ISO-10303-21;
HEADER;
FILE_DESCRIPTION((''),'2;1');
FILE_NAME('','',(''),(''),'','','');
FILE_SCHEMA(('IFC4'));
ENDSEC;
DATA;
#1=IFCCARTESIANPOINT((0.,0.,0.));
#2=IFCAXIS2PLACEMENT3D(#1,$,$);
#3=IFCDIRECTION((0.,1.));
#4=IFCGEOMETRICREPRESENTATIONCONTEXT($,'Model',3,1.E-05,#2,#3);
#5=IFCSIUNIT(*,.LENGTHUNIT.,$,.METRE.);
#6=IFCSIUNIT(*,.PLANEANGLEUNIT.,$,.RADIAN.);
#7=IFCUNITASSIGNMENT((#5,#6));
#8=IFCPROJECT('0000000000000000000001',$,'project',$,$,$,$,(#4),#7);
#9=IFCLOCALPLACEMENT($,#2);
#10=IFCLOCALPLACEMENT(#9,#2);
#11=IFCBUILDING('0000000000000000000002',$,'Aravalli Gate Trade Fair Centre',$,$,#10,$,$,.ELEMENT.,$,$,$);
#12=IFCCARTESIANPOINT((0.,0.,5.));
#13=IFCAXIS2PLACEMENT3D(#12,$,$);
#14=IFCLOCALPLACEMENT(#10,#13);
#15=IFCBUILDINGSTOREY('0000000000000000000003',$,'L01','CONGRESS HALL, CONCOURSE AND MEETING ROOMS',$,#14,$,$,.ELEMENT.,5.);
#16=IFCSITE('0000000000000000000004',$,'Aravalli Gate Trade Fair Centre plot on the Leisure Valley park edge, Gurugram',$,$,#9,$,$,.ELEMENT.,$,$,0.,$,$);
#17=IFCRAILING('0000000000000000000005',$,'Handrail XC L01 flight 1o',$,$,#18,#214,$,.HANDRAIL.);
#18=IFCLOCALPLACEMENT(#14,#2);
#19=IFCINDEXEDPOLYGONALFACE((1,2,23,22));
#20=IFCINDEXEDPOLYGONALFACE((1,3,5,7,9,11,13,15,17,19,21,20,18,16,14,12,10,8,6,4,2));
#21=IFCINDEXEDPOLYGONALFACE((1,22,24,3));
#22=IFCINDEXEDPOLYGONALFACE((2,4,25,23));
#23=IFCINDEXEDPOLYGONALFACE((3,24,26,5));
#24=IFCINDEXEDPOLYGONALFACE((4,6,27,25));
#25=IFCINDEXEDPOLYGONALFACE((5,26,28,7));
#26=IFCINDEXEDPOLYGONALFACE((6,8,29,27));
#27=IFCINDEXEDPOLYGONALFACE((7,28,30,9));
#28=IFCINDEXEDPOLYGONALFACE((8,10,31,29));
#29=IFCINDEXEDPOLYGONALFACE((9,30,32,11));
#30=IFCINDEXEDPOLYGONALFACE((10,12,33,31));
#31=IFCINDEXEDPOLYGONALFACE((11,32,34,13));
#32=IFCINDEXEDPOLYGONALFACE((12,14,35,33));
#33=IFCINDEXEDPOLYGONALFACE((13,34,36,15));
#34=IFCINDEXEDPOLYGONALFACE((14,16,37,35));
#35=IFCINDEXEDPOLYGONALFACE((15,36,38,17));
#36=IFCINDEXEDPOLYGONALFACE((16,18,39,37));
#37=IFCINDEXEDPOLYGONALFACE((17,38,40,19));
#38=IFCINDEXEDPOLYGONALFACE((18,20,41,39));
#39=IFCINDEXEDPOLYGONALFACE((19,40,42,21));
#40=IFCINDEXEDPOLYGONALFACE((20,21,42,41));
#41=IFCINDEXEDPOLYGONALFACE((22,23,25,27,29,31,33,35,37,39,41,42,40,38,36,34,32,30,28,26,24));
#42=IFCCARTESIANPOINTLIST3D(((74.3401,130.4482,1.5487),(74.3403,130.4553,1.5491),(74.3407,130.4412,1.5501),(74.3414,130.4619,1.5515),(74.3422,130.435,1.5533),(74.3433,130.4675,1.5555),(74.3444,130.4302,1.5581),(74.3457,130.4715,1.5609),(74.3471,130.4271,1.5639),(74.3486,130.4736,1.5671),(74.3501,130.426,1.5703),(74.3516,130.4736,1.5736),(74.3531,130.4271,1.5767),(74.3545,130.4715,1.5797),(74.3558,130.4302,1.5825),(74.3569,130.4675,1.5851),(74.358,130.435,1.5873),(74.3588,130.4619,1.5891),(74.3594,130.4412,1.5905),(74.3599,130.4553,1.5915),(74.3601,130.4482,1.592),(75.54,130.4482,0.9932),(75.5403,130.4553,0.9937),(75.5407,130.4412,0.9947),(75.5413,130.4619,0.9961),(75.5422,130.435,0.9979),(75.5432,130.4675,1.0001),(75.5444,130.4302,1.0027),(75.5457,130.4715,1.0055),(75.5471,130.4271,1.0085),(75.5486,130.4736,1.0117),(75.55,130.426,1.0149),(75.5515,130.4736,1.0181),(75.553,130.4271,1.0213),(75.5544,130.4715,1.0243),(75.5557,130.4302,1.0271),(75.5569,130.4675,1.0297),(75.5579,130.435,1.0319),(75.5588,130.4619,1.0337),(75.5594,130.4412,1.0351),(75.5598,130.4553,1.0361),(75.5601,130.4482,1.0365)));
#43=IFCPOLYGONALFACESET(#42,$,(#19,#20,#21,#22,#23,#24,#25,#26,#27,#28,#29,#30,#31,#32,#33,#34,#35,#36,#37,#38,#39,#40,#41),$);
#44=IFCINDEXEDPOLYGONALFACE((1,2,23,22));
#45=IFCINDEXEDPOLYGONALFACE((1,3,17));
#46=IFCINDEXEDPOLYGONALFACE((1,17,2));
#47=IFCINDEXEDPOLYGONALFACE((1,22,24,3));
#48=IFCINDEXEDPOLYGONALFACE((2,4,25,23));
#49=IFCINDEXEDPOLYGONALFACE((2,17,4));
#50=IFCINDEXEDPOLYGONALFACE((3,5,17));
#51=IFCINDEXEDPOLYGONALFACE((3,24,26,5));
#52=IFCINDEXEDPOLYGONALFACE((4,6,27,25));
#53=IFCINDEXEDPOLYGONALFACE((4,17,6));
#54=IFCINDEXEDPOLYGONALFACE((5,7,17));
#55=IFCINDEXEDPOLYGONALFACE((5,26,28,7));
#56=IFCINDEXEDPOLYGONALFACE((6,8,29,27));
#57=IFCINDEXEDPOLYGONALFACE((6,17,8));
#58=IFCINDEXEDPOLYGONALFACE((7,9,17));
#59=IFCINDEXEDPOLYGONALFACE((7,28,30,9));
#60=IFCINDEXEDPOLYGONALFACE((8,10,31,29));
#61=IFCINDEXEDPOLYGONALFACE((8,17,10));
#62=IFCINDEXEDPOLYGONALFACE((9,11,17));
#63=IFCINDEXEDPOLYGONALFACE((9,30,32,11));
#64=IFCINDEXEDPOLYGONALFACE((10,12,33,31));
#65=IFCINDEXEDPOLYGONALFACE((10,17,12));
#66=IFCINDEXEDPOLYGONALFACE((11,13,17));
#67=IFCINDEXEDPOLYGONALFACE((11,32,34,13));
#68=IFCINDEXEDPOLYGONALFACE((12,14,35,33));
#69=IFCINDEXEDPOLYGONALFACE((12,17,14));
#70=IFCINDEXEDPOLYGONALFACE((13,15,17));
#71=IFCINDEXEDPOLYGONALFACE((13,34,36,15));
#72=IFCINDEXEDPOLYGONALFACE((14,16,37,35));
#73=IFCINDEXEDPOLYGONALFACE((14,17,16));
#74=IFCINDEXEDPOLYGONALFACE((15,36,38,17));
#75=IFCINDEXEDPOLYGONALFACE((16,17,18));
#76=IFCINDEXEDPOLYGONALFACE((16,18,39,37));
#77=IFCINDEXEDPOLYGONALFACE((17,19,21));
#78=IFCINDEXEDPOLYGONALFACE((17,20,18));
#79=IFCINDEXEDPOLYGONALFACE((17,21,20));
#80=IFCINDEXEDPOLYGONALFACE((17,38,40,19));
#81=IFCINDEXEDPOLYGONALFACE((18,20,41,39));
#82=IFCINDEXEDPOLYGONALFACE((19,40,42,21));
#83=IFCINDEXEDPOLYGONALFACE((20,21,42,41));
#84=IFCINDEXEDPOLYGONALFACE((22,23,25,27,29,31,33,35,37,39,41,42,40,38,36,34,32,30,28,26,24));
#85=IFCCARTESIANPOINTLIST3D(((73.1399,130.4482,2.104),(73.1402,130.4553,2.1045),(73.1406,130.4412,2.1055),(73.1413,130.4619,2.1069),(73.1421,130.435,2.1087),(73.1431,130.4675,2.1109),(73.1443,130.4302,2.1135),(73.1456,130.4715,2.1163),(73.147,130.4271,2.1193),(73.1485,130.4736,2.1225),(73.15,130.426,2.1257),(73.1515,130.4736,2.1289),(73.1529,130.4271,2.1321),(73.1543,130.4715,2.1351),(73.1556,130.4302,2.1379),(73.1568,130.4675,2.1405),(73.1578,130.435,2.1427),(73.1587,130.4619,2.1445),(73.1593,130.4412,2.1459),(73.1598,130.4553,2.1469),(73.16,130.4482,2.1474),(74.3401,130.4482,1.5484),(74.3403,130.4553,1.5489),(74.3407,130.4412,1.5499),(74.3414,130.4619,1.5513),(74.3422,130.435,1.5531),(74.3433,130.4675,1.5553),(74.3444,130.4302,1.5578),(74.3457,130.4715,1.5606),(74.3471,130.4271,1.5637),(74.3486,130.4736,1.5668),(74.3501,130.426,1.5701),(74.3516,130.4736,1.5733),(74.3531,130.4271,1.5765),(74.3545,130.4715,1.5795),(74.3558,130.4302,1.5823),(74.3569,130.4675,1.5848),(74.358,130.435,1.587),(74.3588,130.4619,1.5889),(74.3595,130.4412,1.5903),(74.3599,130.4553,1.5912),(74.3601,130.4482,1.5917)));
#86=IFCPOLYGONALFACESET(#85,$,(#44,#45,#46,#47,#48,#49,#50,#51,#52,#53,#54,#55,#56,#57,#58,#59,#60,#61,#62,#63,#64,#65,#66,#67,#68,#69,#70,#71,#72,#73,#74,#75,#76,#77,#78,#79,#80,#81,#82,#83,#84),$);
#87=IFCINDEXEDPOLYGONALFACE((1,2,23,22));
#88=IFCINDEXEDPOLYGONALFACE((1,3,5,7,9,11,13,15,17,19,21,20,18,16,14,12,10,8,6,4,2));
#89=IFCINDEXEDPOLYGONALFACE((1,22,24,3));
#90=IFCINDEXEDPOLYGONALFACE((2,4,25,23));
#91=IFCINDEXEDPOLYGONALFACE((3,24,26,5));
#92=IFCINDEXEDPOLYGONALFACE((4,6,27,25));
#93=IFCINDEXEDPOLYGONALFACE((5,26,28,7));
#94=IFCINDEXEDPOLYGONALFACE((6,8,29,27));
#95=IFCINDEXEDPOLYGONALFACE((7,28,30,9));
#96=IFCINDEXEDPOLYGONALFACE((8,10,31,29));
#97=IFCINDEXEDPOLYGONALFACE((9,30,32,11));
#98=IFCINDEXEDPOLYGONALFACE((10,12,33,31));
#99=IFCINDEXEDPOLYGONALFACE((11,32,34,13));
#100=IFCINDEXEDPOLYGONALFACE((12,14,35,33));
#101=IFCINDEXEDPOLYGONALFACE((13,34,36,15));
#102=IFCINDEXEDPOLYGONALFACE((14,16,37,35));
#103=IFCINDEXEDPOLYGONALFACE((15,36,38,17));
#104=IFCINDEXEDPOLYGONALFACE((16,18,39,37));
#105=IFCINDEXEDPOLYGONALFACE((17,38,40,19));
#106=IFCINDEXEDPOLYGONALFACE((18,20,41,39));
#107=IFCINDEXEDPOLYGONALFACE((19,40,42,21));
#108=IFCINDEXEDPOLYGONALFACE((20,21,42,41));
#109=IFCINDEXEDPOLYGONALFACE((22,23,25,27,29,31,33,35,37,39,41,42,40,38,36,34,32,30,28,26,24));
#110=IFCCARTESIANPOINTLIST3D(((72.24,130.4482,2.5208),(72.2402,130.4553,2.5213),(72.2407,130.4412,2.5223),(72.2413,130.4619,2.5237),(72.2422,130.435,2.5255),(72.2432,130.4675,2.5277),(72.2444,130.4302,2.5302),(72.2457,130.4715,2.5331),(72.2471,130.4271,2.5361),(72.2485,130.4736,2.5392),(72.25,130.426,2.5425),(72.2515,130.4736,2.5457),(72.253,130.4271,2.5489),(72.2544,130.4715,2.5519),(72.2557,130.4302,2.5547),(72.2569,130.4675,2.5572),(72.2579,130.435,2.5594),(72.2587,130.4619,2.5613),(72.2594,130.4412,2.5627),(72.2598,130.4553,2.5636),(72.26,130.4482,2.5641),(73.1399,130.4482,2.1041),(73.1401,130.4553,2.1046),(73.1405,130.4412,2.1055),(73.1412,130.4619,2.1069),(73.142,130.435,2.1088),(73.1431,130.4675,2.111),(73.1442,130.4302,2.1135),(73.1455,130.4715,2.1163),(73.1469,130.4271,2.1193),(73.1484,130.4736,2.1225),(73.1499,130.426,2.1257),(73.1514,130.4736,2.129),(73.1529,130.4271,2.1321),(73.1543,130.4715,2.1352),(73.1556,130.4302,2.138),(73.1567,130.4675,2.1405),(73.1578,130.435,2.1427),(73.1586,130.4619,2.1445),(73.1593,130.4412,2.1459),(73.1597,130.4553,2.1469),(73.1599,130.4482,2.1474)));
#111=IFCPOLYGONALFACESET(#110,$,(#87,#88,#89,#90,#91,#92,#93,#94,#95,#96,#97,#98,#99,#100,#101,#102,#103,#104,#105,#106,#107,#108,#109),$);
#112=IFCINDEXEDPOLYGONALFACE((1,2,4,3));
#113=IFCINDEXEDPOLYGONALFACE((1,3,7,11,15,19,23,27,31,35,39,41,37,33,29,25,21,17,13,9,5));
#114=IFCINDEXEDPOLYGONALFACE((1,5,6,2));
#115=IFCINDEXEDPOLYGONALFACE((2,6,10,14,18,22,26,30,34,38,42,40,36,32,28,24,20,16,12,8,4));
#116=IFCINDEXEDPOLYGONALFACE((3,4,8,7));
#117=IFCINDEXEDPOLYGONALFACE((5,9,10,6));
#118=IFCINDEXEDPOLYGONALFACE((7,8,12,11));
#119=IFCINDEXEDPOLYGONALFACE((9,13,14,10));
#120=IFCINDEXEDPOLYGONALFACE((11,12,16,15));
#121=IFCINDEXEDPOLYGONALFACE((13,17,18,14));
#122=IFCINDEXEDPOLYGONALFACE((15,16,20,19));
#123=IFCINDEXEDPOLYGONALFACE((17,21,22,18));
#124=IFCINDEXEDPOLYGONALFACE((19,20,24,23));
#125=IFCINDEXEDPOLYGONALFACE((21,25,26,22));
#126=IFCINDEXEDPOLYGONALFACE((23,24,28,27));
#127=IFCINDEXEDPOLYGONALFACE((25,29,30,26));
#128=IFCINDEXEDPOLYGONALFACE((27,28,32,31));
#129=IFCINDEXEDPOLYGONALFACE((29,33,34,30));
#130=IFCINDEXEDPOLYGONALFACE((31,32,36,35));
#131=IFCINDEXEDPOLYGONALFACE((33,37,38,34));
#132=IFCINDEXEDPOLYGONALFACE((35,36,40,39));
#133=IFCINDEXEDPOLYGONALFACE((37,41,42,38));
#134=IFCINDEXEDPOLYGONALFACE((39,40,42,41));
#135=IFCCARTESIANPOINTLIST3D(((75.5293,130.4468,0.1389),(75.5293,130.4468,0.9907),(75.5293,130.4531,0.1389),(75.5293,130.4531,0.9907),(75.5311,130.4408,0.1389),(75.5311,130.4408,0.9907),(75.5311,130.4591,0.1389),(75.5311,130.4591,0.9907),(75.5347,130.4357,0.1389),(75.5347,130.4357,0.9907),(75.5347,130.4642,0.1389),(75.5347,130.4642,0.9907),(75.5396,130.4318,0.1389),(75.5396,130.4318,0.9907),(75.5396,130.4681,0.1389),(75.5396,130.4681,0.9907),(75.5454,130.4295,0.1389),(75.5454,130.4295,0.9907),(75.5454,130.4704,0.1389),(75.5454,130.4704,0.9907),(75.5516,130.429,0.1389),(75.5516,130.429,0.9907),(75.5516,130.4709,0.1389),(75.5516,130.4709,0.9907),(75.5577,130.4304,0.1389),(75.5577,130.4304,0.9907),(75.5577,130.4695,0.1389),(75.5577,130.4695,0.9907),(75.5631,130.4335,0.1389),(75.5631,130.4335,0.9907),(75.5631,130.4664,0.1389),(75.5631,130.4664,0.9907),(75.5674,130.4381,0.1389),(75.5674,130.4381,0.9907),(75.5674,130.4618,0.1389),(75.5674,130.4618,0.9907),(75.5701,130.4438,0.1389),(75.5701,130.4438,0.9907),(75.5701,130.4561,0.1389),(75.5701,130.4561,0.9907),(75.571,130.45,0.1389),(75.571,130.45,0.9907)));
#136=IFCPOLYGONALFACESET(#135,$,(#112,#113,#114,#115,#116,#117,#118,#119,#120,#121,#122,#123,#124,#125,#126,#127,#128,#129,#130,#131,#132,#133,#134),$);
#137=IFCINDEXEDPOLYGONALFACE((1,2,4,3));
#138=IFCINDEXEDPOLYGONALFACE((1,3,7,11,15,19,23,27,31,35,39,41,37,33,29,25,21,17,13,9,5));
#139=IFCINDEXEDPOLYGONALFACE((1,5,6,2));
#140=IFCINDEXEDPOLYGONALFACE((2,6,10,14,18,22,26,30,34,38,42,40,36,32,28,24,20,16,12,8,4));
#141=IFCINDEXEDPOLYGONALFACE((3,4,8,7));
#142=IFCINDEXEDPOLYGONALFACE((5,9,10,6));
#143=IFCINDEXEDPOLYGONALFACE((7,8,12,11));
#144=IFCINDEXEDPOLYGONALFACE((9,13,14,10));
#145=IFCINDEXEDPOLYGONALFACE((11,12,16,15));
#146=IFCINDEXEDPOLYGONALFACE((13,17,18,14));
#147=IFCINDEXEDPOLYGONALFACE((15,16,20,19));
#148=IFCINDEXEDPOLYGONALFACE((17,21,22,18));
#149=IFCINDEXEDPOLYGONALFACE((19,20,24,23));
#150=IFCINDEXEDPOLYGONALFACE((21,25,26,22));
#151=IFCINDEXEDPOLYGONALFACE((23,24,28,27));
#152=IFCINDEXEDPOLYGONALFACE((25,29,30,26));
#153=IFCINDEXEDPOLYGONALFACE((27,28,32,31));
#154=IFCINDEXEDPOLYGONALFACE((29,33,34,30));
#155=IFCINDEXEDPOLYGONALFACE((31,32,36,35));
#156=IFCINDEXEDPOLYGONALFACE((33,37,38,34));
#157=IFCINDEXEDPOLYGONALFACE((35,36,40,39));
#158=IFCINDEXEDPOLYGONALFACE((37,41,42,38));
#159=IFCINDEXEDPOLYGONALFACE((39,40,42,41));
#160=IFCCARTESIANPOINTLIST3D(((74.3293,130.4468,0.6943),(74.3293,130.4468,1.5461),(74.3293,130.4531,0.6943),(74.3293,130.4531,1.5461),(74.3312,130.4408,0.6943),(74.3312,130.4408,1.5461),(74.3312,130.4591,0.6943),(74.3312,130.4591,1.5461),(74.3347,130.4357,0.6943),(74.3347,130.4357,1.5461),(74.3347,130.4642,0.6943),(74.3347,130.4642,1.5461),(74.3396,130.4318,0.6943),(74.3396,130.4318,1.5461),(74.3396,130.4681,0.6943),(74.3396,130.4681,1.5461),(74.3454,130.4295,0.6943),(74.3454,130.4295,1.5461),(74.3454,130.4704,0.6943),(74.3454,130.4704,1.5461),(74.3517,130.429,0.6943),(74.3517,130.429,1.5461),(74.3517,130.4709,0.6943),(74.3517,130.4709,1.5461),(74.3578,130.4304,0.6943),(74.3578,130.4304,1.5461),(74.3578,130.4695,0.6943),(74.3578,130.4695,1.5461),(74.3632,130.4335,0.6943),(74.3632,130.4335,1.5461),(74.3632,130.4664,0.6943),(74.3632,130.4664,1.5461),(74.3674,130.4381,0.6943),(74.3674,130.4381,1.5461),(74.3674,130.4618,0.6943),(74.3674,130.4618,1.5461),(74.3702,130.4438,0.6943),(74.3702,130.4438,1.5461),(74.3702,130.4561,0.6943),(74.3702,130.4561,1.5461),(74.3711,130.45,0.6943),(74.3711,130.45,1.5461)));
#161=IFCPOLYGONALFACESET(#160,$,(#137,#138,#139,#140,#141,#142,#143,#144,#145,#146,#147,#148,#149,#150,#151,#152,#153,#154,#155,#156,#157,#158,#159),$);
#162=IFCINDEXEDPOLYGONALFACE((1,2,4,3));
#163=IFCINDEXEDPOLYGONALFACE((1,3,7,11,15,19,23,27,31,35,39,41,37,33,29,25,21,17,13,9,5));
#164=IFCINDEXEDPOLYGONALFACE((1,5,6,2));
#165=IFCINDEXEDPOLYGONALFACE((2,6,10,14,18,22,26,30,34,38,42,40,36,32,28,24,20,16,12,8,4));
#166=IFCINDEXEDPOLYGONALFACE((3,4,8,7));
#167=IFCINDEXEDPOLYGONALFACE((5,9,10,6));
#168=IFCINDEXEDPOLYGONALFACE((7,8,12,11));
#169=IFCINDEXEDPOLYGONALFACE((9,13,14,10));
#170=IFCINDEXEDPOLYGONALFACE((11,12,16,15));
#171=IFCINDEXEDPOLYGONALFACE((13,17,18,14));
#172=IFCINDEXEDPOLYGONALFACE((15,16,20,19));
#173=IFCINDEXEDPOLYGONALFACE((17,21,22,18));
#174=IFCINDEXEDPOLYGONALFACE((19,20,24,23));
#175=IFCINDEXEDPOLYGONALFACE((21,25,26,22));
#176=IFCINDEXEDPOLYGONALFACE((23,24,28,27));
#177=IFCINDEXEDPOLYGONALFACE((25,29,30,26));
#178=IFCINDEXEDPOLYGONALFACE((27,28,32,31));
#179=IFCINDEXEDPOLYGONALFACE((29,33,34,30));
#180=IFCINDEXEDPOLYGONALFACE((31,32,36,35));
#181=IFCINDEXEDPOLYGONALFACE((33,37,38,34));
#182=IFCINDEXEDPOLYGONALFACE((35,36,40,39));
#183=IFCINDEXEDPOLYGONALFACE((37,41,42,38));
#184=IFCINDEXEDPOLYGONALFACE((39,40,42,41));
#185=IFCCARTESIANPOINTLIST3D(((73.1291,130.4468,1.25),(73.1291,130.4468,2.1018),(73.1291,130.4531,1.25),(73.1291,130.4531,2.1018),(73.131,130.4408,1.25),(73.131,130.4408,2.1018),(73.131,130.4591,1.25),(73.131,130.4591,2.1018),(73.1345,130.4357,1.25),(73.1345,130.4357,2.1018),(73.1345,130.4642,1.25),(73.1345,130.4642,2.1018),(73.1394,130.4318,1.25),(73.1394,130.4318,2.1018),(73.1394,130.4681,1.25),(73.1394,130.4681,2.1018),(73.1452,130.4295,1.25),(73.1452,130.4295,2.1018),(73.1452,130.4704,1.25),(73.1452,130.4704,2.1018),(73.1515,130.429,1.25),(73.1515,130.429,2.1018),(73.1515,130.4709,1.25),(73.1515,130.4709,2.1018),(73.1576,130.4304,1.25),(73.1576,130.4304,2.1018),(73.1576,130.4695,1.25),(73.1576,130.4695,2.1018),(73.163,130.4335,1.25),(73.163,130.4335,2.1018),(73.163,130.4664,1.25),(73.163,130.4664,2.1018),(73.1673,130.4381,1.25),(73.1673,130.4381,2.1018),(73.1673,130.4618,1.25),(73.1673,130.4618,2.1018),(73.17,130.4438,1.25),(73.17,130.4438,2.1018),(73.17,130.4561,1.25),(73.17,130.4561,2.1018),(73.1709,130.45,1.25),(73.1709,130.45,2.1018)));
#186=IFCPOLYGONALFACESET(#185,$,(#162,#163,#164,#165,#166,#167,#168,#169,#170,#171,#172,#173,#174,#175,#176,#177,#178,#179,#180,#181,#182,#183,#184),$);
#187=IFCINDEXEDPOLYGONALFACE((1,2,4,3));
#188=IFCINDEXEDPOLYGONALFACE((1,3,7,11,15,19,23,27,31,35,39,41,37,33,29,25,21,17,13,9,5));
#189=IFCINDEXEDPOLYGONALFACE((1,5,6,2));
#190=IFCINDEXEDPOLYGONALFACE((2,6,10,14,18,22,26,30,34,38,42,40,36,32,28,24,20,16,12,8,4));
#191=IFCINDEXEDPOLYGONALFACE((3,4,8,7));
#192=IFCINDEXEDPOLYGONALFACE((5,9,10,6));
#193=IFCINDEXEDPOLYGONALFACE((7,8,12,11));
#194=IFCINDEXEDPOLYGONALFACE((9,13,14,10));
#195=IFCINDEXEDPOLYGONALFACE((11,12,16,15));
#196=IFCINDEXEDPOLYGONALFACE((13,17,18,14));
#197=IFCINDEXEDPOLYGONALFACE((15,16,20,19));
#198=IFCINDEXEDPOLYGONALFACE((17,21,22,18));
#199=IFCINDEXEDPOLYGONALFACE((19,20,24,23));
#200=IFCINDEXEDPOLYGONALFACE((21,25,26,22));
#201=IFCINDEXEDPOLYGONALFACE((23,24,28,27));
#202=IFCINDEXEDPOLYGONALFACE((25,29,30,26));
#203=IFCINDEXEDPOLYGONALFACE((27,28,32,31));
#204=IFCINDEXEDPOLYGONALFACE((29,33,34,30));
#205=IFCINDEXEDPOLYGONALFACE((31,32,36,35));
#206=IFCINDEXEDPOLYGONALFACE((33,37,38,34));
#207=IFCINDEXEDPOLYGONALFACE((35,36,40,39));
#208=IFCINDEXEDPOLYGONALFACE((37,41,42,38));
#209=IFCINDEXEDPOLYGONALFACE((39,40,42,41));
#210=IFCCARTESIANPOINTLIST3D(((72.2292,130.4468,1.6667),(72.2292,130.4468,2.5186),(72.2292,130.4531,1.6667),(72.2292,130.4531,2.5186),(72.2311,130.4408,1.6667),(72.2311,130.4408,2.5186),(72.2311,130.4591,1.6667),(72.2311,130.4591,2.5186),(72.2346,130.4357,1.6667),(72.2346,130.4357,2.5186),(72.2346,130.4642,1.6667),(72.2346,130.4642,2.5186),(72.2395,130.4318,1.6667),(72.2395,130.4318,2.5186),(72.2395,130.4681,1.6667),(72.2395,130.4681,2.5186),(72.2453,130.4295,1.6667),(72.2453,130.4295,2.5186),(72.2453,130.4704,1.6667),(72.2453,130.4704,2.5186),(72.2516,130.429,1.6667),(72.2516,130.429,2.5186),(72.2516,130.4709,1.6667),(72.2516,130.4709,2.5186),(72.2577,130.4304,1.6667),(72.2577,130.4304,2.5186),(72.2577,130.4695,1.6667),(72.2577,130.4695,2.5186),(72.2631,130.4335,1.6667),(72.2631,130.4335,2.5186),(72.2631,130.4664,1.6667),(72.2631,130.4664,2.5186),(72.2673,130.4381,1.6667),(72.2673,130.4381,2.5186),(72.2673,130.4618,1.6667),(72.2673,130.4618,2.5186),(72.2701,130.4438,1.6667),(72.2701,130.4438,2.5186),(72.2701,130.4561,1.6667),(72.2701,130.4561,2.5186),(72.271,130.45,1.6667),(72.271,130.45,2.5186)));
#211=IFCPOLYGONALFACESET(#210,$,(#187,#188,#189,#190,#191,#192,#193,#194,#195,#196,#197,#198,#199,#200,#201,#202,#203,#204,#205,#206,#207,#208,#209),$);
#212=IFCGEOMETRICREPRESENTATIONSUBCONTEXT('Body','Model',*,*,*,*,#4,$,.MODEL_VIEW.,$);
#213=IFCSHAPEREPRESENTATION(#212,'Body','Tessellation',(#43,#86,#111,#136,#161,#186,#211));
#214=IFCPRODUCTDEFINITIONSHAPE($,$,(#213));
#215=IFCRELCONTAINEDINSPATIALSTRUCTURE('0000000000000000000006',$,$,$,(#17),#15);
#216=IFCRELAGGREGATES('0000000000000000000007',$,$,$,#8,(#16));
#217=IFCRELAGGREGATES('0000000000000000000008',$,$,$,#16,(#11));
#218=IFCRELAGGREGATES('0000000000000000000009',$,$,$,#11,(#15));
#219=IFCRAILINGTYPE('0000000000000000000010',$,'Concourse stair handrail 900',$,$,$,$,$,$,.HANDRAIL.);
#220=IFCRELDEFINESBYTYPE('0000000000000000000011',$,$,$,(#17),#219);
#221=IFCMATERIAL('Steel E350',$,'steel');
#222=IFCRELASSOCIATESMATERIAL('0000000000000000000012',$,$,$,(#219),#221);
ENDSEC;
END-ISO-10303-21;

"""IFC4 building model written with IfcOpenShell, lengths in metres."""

from ifc_helpers import new_model, si_unit, direction, frame, origin, origin_2d, place, context, subcontext, project, spatial, circle, extrude, material, type_object, element, save


model = new_model("IFC4")

# Units and contexts
model_context = context("Model", 3, precision=1e-05, world=origin(), true_north=direction((0.0, 1.0)))
body_context = subcontext(model_context, "Body", "Model", "MODEL_VIEW")
ifc_project = project(units=[si_unit("LENGTHUNIT", "METRE"), si_unit("PLANEANGLEUNIT", "RADIAN")], contexts=[model_context])

# Site, building, storey
site_placement = place(None, origin())
site = spatial("IfcSite", under=ifc_project, at=site_placement, Name="Aravalli Gate Trade Fair Centre plot on the Leisure Valley park edge, Gurugram", CompositionType="ELEMENT", RefElevation=0.0)
building_placement = place(site_placement, origin())
building = spatial("IfcBuilding", under=site, at=building_placement, Name="Aravalli Gate Trade Fair Centre", CompositionType="ELEMENT")
storey_placement = place(building_placement, frame((0.0, 0.0, 5.0)))
storey = spatial("IfcBuildingStorey", under=building, at=storey_placement, Name="L01", Description="CONGRESS HALL, CONCOURSE AND MEETING ROOMS", CompositionType="ELEMENT", Elevation=5.0)

# Shared definitions
ifc_material_1 = material(Name="Steel E350", Category="steel")

# Railing
railing_type_1 = type_object("IfcRailingType", Name="Concourse stair handrail 900", PredefinedType="HANDRAIL", material=ifc_material_1)
for number, where, name in (
    (1, (75.55, 130.45, 0.1389), "Handrail XC L01 flight 1o"),
):
    element("IfcRailing", number, at=place(storey_placement, frame(where)), inside=storey, type_object=railing_type_1, Name=name, PredefinedType="HANDRAIL", context=body_context, shape_type="SweptSolid", body=[
        extrude(circle(Radius=0.0239, at=origin_2d()), frame((0.0, 0.0, 0.876), z_axis=(-0.907499, 0.0, 0.420053), x_axis=(0.0, -1.0, 0.0)), (0.0, 0.0, 1.0), 1.3223),
        extrude(circle(Radius=0.0239, at=origin_2d()), frame((-1.2, 0.0, 1.4312), z_axis=(-0.907462, 0.0, 0.420135), x_axis=(0.0, -1.0, 0.0)), (0.0, 0.0, 1.0), 1.3225),
        extrude(circle(Radius=0.0239, at=origin_2d()), frame((-2.4001, 0.0, 1.9868), z_axis=(-0.907418, 0.0, 0.420229), x_axis=(0.0, -1.0, 0.0)), (0.0, 0.0, 1.0), 0.9917),
        extrude(circle(Radius=0.021, at=origin_2d()), origin(), (0.0, 0.0, 1.0), 0.8518),
        extrude(circle(Radius=0.021, at=origin_2d()), frame((-1.2, 0.0, 0.5554)), (0.0, 0.0, 1.0), 0.8518),
        extrude(circle(Radius=0.021, at=origin_2d()), frame((-2.4001, 0.0, 1.1111)), (0.0, 0.0, 1.0), 0.8518),
        extrude(circle(Radius=0.021, at=origin_2d()), frame((-3.3, 0.0, 1.5278)), (0.0, 0.0, 1.0), 0.8518),
    ])

save(model, "model.ifc")
